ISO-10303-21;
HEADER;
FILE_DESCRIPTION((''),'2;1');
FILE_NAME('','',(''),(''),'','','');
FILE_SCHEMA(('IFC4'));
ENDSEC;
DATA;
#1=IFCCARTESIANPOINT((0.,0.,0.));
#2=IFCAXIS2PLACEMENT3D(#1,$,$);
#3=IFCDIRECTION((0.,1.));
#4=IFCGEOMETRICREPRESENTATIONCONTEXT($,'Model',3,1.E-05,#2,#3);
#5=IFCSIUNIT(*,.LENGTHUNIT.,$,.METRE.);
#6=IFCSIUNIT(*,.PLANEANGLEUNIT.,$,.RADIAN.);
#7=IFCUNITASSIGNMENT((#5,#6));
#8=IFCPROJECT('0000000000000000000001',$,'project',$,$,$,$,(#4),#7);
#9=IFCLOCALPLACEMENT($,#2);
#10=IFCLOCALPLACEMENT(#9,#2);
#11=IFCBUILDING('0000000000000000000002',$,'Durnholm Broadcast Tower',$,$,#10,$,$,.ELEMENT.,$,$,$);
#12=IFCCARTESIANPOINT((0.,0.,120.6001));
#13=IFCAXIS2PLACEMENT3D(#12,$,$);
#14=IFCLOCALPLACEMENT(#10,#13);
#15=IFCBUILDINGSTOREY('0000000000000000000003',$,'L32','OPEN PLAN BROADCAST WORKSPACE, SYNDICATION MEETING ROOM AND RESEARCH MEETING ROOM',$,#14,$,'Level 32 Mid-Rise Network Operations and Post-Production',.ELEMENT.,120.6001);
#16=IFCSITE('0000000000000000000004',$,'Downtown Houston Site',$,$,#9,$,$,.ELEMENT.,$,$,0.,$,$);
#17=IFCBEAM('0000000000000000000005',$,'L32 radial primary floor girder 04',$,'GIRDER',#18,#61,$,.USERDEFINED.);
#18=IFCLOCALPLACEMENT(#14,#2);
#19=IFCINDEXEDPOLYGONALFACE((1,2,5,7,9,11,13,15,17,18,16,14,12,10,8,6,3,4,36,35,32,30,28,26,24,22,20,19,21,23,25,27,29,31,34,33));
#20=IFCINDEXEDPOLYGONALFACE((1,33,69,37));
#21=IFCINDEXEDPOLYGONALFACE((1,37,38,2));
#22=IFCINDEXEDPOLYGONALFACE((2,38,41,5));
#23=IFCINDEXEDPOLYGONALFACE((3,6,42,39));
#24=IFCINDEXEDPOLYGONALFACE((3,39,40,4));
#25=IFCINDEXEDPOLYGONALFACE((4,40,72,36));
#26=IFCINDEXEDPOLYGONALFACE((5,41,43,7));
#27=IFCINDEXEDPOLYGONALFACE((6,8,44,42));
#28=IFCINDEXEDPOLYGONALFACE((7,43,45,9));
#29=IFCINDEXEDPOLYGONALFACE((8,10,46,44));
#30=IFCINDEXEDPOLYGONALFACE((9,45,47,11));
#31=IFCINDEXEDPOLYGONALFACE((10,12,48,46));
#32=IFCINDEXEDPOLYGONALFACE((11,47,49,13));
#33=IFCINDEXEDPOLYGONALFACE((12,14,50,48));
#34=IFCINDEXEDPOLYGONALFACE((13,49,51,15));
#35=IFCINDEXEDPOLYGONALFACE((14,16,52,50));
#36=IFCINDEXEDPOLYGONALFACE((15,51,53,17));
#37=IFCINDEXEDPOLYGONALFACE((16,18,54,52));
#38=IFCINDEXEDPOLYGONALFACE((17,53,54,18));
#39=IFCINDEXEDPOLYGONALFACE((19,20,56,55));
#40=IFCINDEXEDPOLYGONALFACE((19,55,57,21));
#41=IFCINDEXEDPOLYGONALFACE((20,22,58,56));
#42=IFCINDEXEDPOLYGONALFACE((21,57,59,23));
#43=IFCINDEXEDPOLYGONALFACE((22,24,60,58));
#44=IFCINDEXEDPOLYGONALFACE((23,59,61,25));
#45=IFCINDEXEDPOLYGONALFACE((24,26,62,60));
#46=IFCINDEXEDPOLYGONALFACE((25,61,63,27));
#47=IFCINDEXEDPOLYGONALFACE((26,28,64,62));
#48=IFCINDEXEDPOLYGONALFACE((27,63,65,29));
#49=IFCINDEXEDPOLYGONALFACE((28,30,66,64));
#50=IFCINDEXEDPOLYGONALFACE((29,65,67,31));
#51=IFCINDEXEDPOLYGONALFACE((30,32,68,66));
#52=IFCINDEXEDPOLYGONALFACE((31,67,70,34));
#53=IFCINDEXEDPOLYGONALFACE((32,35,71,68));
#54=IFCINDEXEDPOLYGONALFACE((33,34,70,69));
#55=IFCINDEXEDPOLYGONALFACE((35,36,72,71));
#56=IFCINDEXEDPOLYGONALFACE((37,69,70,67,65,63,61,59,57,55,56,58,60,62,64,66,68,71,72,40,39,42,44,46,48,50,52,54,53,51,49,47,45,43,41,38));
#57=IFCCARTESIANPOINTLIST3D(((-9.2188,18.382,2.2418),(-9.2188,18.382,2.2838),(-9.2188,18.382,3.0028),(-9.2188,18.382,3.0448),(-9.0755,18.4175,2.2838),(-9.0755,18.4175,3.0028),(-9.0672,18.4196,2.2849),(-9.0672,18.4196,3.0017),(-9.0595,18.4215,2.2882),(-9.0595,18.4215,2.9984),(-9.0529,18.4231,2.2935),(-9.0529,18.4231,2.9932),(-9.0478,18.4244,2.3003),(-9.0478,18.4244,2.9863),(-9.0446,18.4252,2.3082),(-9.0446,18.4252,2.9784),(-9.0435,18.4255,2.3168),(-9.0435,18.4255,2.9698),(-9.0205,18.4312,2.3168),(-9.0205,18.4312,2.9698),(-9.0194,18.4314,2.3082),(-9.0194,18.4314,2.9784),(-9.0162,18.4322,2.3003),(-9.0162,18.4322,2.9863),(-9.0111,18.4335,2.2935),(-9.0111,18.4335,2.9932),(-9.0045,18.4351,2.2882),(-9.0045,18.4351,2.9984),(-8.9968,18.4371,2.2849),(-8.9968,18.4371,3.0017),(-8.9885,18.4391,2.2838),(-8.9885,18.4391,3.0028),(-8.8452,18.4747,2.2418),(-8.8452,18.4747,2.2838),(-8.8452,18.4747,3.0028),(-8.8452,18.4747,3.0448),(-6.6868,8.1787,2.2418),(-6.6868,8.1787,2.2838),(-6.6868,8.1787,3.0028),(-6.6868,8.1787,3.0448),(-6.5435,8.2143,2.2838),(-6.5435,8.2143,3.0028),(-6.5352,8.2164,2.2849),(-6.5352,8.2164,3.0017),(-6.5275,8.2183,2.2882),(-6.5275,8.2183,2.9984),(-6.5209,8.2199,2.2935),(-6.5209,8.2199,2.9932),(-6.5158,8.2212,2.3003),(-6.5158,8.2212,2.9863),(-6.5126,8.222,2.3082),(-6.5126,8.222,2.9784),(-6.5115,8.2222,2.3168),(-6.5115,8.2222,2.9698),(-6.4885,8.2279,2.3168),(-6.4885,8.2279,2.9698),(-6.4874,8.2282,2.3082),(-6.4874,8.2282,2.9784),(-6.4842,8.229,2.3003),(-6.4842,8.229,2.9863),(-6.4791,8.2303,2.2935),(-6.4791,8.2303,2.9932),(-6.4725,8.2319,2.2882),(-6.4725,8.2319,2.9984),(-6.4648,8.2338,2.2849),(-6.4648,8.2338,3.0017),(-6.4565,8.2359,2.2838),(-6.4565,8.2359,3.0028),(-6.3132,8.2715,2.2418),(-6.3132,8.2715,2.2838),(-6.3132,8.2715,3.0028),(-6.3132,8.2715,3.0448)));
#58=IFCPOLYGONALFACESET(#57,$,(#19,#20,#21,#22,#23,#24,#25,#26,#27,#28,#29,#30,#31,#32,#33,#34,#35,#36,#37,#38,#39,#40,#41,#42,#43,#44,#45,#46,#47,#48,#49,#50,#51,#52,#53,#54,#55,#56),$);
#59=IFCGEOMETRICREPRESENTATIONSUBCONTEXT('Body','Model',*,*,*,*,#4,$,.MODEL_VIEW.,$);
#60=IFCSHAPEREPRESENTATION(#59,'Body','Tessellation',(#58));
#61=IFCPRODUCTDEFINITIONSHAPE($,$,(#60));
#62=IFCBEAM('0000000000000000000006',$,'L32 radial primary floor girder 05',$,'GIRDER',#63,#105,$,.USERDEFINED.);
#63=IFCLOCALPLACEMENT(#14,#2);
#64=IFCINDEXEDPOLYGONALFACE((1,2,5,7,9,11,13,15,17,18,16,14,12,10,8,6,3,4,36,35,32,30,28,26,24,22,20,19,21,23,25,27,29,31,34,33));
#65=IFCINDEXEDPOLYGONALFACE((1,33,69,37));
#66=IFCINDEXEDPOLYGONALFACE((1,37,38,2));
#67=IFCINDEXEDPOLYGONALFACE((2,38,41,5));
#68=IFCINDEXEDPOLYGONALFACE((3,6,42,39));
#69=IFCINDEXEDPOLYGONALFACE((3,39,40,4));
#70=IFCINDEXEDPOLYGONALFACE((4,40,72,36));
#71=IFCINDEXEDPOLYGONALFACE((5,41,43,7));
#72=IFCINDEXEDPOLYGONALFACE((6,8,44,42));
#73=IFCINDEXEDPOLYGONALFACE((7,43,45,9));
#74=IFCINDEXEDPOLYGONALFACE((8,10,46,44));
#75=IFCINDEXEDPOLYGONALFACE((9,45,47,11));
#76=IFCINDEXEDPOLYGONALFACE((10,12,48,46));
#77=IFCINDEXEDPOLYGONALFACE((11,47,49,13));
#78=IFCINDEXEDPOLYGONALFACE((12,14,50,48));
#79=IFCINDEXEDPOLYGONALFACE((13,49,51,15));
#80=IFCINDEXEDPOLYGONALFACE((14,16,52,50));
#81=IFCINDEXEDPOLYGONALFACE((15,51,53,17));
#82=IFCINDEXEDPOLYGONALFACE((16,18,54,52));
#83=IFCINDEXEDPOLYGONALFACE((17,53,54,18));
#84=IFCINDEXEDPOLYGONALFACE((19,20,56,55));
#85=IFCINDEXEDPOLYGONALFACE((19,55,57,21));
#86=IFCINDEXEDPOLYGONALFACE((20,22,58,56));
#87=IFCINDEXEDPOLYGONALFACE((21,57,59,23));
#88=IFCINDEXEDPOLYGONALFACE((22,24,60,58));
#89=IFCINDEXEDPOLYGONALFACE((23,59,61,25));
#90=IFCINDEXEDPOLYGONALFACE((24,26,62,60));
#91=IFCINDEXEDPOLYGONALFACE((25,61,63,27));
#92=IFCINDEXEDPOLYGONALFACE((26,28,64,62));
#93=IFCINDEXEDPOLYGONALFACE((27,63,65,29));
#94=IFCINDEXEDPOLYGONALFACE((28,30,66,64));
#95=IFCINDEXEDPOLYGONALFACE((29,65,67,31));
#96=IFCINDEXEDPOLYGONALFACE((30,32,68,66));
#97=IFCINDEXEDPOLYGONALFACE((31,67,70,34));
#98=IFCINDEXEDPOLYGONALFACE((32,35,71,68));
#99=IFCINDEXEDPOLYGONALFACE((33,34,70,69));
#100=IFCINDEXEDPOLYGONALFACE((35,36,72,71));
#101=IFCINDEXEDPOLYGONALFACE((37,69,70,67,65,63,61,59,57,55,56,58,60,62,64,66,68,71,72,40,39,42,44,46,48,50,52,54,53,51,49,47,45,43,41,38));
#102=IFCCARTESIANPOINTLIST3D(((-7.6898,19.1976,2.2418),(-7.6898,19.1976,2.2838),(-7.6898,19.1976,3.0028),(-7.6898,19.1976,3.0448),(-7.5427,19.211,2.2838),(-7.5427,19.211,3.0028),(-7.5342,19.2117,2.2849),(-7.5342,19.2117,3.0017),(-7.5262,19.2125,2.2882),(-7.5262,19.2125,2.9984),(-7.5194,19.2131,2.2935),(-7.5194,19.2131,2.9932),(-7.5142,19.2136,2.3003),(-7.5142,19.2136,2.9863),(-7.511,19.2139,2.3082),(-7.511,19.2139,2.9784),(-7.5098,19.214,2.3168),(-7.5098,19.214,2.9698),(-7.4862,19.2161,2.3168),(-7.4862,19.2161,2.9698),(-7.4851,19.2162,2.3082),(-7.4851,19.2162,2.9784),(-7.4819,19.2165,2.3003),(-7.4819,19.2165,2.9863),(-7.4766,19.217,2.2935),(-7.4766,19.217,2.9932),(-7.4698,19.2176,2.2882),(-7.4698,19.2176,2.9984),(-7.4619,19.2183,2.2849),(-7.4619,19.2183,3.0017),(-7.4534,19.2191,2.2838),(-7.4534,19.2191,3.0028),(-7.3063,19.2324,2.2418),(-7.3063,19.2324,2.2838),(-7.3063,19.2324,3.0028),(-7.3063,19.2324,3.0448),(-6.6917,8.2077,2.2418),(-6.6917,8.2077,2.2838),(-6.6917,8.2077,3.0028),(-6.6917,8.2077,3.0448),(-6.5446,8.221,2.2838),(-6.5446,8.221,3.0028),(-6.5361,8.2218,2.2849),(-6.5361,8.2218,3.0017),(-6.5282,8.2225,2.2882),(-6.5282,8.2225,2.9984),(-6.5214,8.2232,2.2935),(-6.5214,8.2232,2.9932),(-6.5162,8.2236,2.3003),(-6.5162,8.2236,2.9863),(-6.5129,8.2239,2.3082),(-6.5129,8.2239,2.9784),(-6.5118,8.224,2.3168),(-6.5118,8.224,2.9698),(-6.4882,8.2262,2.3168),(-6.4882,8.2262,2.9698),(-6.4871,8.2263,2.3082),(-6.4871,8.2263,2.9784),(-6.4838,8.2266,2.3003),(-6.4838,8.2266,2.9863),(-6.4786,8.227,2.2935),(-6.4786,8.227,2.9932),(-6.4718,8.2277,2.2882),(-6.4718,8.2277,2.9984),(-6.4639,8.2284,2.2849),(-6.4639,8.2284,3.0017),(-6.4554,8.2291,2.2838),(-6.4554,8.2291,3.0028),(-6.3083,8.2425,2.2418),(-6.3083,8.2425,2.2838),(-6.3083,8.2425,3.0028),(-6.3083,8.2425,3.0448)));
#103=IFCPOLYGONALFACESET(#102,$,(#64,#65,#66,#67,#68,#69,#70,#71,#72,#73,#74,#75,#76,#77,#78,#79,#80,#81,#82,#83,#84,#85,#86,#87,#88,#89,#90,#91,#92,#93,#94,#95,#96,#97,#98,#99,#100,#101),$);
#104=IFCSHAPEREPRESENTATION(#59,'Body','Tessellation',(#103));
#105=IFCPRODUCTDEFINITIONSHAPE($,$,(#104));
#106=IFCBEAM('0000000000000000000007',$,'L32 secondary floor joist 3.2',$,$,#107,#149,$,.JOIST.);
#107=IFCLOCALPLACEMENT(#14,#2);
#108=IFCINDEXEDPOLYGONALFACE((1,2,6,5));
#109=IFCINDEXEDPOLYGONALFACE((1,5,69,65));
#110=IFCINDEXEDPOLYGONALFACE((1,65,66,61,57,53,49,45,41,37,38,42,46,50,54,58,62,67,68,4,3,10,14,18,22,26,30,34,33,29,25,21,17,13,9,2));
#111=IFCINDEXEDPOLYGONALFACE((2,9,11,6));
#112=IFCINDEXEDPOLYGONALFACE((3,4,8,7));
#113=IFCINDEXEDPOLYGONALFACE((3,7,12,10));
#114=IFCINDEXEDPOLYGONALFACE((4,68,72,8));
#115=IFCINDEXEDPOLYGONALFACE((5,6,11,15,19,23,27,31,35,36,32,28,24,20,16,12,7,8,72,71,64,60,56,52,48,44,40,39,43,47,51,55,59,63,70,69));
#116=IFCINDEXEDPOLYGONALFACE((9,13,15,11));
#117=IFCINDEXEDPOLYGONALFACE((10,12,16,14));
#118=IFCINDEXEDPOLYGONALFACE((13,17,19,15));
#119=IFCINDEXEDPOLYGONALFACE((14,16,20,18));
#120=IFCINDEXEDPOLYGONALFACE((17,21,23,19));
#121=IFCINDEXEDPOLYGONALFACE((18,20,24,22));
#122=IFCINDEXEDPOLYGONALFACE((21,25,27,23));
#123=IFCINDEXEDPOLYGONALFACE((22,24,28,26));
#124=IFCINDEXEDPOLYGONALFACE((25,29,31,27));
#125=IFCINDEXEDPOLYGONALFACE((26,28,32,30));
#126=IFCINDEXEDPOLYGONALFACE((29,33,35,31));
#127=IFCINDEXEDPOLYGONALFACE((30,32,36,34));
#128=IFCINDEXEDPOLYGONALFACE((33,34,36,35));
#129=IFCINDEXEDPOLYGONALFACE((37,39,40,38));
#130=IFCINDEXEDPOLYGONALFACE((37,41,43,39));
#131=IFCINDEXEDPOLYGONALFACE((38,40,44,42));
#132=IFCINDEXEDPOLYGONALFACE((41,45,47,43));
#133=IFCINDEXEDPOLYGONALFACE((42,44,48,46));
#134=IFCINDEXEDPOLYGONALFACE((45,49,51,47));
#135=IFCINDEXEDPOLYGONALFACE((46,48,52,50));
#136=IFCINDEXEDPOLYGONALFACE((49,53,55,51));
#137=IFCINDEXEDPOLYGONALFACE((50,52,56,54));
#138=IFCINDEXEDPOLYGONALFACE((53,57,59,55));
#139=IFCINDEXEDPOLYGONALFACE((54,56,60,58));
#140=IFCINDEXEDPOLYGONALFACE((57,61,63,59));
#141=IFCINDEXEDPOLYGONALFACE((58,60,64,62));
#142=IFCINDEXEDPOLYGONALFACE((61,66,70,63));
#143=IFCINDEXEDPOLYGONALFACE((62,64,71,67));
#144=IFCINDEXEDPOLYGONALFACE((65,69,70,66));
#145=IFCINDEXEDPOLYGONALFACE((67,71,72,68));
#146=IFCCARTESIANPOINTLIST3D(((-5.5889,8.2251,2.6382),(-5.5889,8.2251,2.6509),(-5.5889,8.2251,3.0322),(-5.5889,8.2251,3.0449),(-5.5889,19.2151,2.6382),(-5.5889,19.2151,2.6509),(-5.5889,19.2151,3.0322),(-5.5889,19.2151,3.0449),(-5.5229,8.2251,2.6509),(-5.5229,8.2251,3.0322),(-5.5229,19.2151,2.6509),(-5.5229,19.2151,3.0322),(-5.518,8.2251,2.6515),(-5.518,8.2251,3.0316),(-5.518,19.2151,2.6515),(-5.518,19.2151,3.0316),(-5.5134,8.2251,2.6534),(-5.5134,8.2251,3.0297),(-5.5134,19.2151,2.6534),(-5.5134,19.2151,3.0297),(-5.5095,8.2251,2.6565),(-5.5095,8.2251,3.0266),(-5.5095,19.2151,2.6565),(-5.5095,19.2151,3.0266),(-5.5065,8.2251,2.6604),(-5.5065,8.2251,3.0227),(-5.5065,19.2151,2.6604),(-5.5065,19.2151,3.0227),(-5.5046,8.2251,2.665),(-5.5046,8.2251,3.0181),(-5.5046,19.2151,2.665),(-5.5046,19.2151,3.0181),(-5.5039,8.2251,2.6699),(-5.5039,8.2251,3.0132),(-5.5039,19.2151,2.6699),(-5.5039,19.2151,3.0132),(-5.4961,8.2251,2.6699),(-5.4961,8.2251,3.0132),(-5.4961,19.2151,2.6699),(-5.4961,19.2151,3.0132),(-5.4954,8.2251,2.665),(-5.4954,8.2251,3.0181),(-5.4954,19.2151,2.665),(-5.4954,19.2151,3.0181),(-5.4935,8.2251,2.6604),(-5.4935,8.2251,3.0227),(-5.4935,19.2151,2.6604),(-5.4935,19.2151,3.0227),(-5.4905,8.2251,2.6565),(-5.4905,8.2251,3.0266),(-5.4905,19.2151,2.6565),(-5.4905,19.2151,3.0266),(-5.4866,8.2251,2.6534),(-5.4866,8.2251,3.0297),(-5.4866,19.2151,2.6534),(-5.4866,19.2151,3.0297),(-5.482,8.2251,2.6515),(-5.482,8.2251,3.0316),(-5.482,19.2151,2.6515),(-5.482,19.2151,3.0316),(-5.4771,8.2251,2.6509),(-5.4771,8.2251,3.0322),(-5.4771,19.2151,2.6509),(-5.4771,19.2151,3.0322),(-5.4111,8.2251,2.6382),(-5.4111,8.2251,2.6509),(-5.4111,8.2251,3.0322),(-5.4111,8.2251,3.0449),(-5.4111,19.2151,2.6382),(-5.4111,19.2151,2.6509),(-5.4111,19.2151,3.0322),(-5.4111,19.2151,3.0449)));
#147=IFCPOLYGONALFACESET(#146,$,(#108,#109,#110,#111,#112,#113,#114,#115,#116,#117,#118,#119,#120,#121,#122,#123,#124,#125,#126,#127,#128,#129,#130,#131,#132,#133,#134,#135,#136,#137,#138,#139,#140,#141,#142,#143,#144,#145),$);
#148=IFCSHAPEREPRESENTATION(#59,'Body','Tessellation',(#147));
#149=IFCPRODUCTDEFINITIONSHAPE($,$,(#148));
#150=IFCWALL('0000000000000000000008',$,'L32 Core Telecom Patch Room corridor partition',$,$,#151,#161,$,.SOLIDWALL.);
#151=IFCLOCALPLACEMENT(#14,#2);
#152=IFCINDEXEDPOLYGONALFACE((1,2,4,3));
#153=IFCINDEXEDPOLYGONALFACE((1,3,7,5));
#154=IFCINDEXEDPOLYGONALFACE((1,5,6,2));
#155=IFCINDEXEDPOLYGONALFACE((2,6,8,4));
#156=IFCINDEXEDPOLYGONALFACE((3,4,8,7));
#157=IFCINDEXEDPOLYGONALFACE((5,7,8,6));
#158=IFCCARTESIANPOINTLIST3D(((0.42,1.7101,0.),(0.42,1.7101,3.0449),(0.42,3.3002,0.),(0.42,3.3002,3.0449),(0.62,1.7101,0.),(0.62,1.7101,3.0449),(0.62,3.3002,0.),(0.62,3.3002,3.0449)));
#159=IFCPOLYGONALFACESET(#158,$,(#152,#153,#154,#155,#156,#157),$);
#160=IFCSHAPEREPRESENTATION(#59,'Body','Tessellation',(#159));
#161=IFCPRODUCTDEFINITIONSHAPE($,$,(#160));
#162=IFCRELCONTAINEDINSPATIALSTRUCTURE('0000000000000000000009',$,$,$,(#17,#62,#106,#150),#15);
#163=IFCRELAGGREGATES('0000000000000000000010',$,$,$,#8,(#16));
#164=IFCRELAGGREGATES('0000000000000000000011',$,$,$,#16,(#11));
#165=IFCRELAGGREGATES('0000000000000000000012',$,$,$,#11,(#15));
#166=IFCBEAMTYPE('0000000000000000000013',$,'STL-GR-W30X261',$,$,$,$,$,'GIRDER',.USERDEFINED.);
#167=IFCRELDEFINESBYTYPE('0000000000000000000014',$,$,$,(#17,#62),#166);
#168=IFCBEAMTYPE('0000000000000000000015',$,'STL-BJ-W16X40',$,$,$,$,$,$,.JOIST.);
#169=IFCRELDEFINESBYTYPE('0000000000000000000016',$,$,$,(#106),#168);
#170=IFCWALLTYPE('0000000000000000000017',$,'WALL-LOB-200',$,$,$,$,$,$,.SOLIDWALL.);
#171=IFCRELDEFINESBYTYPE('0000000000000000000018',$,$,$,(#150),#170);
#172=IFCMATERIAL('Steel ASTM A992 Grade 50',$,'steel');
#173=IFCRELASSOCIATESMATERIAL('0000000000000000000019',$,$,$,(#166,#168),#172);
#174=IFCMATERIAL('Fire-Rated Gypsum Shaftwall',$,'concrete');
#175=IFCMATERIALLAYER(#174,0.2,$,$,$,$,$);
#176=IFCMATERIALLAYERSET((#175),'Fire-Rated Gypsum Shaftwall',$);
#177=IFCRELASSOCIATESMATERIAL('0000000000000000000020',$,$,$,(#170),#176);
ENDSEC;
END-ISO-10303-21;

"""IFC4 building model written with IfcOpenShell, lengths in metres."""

from ifc_helpers import new_model, si_unit, direction, frame, frame_2d, origin, origin_2d, place, context, subcontext, project, spatial, rectangle, i_section, extrude, source, transform, mapped, material, layer, layer_set, material_profile, profile_set, type_object, type_shapes, element, save


model = new_model("IFC4")

# Units and contexts
model_context = context("Model", 3, precision=1e-05, world=origin(), true_north=direction((0.0, 1.0)))
body_context = subcontext(model_context, "Body", "Model", "MODEL_VIEW")
ifc_project = project(units=[si_unit("LENGTHUNIT", "METRE"), si_unit("PLANEANGLEUNIT", "RADIAN")], contexts=[model_context])

# Site, building, storey
site_placement = place(None, origin())
site = spatial("IfcSite", under=ifc_project, at=site_placement, Name="Downtown Houston Site", CompositionType="ELEMENT", RefElevation=0.0)
building_placement = place(site_placement, origin())
building = spatial("IfcBuilding", under=site, at=building_placement, Name="Durnholm Broadcast Tower", CompositionType="ELEMENT")
storey_placement = place(building_placement, frame((0.0, 0.0, 120.6001)))
storey = spatial("IfcBuildingStorey", under=building, at=storey_placement, Name="L32", Description="OPEN PLAN BROADCAST WORKSPACE, SYNDICATION MEETING ROOM AND RESEARCH MEETING ROOM", LongName="Level 32 Mid-Rise Network Operations and Post-Production", CompositionType="ELEMENT", Elevation=120.6001)

# Beams
ifc_material_1 = material(Name="Steel ASTM A992 Grade 50", Category="steel")
ifc_material_profile_1 = material_profile(ifc_material_1, i_section(OverallWidth=0.385, OverallDepth=0.803, WebThickness=0.0237, FlangeThickness=0.042, FilletRadius=0.033, at=origin_2d()), Name="W30X261")
ifc_profile_set_1 = profile_set([ifc_material_profile_1], Name="Steel ASTM A992 Grade 50")
beam_type_1 = type_object("IfcBeamType", Name="STL-GR-W30X261", ElementType="GIRDER", PredefinedType="USERDEFINED", material=ifc_profile_set_1)
shared_shape_1 = source(origin(), body_context, "Body", "SweptSolid", [
    extrude(i_section(OverallWidth=0.385, OverallDepth=0.803, WebThickness=0.0237, FlangeThickness=0.042, FilletRadius=0.033, at=origin_2d()), origin(), (0.0, 0.0, 1.0), 10.5127),
])
beam_1_placement = place(storey_placement, frame((-6.5, 8.2251, 2.6433), z_axis=(-0.240852, 0.970562, 0.0), x_axis=(-0.970562, -0.240852, 0.0)))
element("IfcBeam", 1, at=beam_1_placement, inside=storey, type_object=beam_type_1, Name="L32 radial primary floor girder 04", ObjectType="GIRDER", PredefinedType="USERDEFINED", context=body_context, shape_type="MappedRepresentation", body=[
    mapped(shared_shape_1, transform((0.0, 0.0, 0.0), x_axis=(1.0, 0.0, 0.0), y_axis=(0.0, 1.0, 0.0), z_axis=(0.0, 0.0, 1.0), scale=1.0)),
])
shared_shape_2 = source(origin(), body_context, "Body", "SweptSolid", [
    extrude(i_section(OverallWidth=0.385, OverallDepth=0.803, WebThickness=0.0237, FlangeThickness=0.042, FilletRadius=0.033, at=origin_2d()), origin(), (0.0, 0.0, 1.0), 11.0352),
])
type_shapes(beam_type_1, [shared_shape_1, shared_shape_2])
beam_2_placement = place(storey_placement, frame((-6.5, 8.2251, 2.6433), z_axis=(-0.090442, 0.995902, 0.0), x_axis=(-0.995902, -0.090442, 0.0)))
element("IfcBeam", 2, at=beam_2_placement, inside=storey, type_object=beam_type_1, Name="L32 radial primary floor girder 05", ObjectType="GIRDER", PredefinedType="USERDEFINED", context=body_context, shape_type="MappedRepresentation", body=[
    mapped(shared_shape_2, transform((0.0, 0.0, 0.0), x_axis=(1.0, 0.0, 0.0), y_axis=(0.0, 1.0, 0.0), z_axis=(0.0, 0.0, 1.0), scale=1.0)),
])
ifc_material_profile_2 = material_profile(ifc_material_1, i_section(OverallWidth=0.1777, OverallDepth=0.4067, WebThickness=0.0078, FlangeThickness=0.0127, FilletRadius=0.019, at=origin_2d()), Name="W16X40")
ifc_profile_set_2 = profile_set([ifc_material_profile_2], Name="Steel ASTM A992 Grade 50")
beam_type_2 = type_object("IfcBeamType", Name="STL-BJ-W16X40", PredefinedType="JOIST", material=ifc_profile_set_2)
shared_shape_3 = source(origin(), body_context, "Body", "SweptSolid", [
    extrude(i_section(OverallWidth=0.1777, OverallDepth=0.4067, WebThickness=0.0078, FlangeThickness=0.0127, FilletRadius=0.019, at=origin_2d()), origin(), (0.0, 0.0, 1.0), 10.99),
])
type_shapes(beam_type_2, [shared_shape_3])
beam_3_placement = place(storey_placement, frame((-5.5, 8.2251, 2.8416), z_axis=(0.0, 1.0, 0.0), x_axis=(-1.0, 0.0, 0.0)))
element("IfcBeam", 3, at=beam_3_placement, inside=storey, type_object=beam_type_2, Name="L32 secondary floor joist 3.2", PredefinedType="JOIST", context=body_context, shape_type="MappedRepresentation", body=[
    mapped(shared_shape_3, transform((0.0, 0.0, 0.0), x_axis=(1.0, 0.0, 0.0), y_axis=(0.0, 1.0, 0.0), z_axis=(0.0, 0.0, 1.0), scale=1.0)),
])

# Wall
ifc_material_2 = material(Name="Fire-Rated Gypsum Shaftwall", Category="concrete")
ifc_layer_1 = layer(ifc_material_2, 0.2)
ifc_layer_set_1 = layer_set([ifc_layer_1], Name="Fire-Rated Gypsum Shaftwall")
wall_type_1 = type_object("IfcWallType", Name="WALL-LOB-200", PredefinedType="SOLIDWALL", material=ifc_layer_set_1)
wall_1_placement = place(storey_placement, frame((0.52, 3.3, 0.0), z_axis=(0.0, 0.0, 1.0), x_axis=(0.0, -1.0, 0.0)))
element("IfcWall", 4, at=wall_1_placement, inside=storey, type_object=wall_type_1, Name="L32 Core Telecom Patch Room corridor partition", PredefinedType="SOLIDWALL", context=body_context, shape_type="SweptSolid", body=[
    extrude(rectangle(XDim=1.5901, YDim=0.2, at=frame_2d((0.7949, 0.0))), origin(), (0.0, 0.0, 1.0), 3.0449),
])

save(model, "model.ifc")
